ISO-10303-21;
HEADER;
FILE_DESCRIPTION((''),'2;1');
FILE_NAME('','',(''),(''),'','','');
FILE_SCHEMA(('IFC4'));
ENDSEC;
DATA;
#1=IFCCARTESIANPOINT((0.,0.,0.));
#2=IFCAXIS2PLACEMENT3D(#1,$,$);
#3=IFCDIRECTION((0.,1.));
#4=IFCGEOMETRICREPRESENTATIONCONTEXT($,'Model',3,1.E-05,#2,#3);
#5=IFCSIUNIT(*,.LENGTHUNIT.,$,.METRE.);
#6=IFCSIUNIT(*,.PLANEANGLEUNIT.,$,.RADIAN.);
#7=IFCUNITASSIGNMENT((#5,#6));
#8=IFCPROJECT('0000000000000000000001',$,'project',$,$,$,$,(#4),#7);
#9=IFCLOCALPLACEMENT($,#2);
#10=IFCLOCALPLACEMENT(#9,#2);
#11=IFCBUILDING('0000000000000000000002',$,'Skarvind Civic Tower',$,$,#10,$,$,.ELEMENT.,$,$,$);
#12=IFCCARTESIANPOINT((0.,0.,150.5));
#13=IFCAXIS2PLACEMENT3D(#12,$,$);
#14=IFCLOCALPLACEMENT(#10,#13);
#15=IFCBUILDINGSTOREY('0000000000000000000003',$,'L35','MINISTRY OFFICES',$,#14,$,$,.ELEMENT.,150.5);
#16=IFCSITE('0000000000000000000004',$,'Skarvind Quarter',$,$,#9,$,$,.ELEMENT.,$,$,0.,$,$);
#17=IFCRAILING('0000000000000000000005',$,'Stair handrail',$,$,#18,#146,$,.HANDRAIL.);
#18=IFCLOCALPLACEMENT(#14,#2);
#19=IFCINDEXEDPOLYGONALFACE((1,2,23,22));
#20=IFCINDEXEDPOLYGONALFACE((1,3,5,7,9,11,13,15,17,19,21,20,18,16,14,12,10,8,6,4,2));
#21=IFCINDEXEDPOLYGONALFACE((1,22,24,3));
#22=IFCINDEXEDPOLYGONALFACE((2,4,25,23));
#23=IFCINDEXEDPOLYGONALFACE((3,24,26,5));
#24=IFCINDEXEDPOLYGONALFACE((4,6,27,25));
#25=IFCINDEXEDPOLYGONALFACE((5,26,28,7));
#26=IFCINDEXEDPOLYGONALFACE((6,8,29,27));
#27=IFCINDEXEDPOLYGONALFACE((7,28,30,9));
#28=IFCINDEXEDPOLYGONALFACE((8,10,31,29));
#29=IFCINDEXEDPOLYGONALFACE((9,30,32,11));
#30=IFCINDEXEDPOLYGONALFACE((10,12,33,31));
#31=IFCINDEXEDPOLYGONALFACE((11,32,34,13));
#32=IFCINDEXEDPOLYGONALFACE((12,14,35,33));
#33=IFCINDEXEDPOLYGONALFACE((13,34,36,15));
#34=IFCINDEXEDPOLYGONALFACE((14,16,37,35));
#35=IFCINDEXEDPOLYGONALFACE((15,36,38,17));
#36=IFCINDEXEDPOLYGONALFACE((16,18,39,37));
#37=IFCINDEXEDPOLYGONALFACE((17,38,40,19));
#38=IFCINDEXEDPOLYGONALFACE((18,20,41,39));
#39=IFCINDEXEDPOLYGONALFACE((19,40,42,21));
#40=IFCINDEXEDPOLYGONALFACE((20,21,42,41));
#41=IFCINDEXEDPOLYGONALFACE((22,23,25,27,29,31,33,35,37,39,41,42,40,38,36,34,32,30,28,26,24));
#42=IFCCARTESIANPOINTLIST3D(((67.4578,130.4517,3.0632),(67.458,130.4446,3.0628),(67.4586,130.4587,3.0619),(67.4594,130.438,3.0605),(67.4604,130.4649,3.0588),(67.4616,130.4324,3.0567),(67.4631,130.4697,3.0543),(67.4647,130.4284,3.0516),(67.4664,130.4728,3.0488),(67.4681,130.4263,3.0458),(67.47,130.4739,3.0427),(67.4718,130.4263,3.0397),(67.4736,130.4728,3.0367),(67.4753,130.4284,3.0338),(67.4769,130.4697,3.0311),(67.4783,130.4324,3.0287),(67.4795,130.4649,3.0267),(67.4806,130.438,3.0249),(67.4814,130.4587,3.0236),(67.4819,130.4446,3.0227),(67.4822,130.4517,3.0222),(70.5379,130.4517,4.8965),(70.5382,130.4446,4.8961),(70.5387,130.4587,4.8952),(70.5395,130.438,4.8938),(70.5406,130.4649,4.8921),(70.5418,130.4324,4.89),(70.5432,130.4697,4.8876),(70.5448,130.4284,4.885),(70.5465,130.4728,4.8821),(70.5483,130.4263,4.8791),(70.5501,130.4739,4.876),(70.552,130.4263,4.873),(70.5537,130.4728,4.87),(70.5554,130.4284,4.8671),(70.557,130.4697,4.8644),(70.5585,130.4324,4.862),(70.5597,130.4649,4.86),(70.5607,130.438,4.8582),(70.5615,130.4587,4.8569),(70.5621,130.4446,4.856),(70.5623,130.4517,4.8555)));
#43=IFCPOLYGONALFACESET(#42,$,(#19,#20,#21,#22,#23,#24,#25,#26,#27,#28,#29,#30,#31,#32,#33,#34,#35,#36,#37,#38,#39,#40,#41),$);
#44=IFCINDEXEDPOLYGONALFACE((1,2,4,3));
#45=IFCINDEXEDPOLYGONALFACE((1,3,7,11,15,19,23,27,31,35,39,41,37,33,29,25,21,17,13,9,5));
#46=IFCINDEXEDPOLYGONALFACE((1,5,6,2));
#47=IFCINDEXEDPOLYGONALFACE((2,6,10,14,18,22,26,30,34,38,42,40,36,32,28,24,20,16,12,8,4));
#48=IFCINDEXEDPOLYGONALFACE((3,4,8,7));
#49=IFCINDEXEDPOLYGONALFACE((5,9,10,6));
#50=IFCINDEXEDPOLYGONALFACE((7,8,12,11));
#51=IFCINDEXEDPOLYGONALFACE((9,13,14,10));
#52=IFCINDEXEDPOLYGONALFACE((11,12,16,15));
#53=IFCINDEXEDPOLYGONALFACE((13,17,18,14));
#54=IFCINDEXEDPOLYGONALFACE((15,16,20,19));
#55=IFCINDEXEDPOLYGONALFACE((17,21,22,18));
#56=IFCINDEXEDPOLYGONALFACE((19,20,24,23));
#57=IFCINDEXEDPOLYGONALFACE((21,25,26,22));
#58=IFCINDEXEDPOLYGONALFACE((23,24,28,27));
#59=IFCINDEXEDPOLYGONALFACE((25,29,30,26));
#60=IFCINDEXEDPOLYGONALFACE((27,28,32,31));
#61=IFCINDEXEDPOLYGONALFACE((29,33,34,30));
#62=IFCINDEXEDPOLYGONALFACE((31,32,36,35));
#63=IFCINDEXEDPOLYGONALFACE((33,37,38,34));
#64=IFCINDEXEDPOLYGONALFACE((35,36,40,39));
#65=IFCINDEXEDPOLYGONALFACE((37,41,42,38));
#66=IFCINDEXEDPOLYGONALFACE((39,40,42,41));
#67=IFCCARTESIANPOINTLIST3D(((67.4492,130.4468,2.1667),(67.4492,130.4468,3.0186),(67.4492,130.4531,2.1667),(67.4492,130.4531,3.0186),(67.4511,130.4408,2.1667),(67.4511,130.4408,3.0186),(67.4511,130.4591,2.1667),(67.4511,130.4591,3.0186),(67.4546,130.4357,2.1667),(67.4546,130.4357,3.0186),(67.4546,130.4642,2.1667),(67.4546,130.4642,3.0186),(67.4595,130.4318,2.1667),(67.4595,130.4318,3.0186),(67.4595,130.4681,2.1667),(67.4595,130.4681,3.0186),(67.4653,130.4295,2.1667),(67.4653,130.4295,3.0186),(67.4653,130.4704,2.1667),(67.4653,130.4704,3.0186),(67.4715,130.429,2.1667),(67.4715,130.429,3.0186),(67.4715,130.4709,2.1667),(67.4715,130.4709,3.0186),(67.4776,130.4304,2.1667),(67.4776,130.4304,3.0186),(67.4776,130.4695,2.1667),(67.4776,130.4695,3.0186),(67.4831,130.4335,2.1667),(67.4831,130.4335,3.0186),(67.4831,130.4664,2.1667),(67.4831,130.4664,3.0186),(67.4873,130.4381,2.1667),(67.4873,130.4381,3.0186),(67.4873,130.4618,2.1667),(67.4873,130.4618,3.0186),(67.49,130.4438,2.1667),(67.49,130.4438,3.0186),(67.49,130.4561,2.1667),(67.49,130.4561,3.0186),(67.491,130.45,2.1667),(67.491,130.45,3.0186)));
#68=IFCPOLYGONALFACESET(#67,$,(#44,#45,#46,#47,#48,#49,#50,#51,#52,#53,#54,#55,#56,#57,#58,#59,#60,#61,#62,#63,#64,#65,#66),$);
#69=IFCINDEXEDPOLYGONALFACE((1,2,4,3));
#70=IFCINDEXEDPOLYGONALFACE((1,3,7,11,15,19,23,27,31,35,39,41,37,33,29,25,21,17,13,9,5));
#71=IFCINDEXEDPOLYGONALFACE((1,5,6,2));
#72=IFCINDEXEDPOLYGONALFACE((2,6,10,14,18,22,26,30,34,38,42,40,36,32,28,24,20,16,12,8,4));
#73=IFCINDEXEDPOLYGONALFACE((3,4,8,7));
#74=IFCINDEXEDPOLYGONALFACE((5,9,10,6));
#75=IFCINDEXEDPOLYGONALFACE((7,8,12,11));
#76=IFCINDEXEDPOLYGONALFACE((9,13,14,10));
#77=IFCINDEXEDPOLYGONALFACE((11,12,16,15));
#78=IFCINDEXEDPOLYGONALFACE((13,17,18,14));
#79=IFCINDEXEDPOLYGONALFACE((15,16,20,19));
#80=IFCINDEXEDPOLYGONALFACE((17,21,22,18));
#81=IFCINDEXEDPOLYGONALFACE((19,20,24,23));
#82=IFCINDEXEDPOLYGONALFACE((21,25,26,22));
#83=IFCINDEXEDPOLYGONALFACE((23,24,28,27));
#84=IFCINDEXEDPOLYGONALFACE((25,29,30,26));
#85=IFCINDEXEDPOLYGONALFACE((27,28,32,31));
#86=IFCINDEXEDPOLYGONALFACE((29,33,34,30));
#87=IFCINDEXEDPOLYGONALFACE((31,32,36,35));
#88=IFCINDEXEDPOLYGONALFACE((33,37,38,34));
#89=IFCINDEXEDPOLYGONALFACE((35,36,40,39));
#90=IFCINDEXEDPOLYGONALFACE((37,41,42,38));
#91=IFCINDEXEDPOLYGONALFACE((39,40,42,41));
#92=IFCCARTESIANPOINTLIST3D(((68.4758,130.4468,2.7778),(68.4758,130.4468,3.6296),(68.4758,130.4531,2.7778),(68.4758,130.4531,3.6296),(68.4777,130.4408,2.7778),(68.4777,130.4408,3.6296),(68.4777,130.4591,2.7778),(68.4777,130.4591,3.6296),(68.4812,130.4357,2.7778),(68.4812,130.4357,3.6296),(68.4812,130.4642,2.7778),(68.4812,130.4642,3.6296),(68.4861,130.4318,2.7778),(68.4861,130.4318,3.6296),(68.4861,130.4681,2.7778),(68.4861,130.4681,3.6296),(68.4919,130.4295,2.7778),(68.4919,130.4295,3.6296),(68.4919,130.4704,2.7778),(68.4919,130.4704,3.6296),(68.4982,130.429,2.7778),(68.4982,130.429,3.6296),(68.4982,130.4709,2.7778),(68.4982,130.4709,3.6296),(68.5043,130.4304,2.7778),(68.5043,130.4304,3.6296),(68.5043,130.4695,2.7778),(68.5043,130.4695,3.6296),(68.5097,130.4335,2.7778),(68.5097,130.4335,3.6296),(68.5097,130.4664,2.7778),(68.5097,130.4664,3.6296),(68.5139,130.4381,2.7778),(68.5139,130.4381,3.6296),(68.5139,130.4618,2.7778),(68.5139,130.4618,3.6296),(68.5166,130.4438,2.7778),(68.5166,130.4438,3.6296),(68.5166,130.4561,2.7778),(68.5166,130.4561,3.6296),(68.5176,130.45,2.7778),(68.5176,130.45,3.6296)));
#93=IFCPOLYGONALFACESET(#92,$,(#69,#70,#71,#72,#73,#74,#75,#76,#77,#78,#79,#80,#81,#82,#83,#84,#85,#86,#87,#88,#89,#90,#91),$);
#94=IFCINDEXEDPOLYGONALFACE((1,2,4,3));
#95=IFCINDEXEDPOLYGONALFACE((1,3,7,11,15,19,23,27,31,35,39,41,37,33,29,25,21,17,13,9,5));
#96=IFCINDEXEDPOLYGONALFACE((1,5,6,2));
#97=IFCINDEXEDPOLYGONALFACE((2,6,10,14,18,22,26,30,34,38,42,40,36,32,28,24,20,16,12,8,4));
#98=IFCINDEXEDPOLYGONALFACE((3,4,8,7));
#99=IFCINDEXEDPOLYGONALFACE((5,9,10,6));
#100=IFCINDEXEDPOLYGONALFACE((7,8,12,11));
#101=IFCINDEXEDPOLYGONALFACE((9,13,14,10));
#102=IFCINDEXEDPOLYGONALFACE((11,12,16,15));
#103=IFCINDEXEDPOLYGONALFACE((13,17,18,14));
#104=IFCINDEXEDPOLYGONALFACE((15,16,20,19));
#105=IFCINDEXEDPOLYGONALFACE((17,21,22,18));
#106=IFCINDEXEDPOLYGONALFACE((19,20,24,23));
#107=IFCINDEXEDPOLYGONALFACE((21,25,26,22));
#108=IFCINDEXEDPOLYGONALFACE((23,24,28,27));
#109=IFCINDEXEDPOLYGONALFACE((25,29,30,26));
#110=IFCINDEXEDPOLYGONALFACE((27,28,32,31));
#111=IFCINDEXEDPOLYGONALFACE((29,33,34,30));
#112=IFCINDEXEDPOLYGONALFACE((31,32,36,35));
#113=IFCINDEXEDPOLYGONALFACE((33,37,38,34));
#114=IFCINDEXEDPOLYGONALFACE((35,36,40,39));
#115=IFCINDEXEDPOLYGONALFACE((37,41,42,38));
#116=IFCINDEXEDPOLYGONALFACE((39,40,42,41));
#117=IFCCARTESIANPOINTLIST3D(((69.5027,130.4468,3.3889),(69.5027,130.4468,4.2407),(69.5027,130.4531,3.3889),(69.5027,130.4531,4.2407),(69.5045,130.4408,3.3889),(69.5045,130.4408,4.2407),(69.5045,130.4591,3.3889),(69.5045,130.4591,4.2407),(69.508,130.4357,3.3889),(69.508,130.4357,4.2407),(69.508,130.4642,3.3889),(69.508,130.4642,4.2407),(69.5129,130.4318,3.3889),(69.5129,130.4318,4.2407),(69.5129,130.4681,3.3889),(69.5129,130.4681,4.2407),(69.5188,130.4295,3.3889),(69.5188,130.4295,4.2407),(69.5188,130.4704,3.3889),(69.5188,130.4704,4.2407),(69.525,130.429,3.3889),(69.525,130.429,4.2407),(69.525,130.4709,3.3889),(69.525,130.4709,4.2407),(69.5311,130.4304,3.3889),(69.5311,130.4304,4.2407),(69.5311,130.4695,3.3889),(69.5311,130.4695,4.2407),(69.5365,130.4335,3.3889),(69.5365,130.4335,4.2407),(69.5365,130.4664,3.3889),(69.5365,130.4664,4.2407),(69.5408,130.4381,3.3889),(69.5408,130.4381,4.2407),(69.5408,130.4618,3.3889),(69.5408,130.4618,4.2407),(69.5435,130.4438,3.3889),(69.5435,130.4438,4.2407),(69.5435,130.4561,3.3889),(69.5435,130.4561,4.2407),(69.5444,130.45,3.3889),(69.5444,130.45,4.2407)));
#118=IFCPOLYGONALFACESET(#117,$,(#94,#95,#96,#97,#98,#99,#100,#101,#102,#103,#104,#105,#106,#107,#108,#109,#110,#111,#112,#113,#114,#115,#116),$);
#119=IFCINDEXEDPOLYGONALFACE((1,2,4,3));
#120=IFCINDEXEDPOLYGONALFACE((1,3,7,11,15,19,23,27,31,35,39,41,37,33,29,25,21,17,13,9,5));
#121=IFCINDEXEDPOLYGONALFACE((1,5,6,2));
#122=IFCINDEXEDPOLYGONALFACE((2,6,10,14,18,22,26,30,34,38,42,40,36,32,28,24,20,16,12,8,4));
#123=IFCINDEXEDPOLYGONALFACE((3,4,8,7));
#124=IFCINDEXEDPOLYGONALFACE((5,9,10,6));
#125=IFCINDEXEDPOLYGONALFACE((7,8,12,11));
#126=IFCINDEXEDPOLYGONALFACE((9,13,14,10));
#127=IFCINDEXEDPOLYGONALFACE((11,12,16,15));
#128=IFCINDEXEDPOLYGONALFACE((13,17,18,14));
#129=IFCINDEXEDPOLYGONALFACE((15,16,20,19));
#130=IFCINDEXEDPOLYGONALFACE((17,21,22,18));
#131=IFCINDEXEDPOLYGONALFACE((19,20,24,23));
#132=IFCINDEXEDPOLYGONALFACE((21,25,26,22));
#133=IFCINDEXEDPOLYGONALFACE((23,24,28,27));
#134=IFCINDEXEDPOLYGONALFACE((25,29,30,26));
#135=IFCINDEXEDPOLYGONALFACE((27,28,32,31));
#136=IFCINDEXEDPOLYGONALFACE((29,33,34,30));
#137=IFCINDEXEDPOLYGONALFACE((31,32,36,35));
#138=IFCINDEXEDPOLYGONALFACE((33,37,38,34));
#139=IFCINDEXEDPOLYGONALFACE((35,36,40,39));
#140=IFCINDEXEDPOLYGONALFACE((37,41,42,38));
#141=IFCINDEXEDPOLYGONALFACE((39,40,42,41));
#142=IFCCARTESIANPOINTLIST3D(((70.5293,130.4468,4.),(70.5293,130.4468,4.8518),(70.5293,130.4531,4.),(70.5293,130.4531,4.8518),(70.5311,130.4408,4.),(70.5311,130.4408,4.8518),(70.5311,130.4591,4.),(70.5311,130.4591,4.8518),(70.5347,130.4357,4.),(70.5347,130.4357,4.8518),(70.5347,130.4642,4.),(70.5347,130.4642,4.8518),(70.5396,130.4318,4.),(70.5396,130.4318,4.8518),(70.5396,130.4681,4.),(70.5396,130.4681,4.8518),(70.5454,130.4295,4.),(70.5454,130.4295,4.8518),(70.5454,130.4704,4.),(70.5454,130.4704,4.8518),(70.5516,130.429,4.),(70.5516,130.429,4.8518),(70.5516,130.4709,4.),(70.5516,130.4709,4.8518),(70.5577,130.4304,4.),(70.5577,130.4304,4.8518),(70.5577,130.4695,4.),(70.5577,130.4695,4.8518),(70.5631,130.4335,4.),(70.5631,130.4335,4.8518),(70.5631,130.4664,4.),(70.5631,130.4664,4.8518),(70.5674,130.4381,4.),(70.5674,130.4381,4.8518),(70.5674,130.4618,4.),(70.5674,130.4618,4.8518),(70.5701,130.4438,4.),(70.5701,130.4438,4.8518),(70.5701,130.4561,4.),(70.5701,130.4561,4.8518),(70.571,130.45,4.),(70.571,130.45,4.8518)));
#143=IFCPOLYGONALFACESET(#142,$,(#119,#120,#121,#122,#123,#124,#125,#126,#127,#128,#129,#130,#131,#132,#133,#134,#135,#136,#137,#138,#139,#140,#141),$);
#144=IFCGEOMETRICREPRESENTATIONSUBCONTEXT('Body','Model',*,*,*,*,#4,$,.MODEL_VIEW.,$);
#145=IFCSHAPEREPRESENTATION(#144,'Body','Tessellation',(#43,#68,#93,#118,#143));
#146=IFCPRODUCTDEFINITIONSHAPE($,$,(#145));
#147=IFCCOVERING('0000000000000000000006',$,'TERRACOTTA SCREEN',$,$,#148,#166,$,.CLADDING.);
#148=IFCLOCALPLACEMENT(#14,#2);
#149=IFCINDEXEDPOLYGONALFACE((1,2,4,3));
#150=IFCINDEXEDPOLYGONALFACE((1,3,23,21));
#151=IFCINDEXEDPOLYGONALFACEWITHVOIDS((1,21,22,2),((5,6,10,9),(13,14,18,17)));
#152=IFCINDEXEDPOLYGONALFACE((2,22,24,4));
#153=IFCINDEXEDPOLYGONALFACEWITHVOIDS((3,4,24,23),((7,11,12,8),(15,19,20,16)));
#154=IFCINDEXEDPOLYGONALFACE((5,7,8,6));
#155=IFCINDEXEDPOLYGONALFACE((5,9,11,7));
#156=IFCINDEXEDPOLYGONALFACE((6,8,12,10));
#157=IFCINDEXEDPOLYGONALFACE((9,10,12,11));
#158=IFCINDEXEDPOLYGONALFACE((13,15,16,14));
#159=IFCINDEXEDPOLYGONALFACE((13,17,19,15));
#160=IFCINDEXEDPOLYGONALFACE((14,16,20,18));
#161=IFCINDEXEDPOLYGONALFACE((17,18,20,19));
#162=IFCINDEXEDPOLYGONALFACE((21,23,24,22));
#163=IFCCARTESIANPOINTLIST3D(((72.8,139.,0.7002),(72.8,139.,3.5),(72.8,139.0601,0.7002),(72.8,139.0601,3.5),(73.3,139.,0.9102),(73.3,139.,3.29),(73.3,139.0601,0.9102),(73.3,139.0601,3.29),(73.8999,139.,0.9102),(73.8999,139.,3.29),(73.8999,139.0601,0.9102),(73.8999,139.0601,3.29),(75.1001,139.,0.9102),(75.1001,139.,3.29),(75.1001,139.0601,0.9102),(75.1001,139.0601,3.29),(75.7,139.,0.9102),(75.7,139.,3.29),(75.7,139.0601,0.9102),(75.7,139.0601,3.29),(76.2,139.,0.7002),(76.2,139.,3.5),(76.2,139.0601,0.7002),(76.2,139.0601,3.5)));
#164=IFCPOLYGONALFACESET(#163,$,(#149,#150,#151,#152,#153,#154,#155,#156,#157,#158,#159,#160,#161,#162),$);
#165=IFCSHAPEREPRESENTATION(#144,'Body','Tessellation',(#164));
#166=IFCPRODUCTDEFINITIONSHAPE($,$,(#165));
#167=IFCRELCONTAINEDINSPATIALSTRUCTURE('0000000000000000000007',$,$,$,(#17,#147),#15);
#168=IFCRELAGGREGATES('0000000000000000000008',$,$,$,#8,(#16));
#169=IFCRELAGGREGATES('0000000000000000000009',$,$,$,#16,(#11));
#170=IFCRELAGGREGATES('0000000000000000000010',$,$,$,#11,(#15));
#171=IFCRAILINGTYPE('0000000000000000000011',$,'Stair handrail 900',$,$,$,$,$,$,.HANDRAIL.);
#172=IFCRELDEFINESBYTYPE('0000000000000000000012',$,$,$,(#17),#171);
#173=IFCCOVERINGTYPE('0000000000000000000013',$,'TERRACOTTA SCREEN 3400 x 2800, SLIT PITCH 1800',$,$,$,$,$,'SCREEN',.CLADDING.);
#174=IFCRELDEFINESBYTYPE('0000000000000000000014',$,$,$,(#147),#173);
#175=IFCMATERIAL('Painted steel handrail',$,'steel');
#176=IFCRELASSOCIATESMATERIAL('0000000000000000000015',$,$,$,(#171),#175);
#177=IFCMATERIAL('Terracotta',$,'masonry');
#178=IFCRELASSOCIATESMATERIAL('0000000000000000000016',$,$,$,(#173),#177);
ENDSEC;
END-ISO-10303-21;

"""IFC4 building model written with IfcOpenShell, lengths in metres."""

from ifc_helpers import new_model, si_unit, direction, frame, origin, origin_2d, place, context, subcontext, project, spatial, polyline, circle, outline, extrude, material, material_profile, profile_set, type_object, element, save


model = new_model("IFC4")

# Units and contexts
model_context = context("Model", 3, precision=1e-05, world=origin(), true_north=direction((0.0, 1.0)))
body_context = subcontext(model_context, "Body", "Model", "MODEL_VIEW")
ifc_project = project(units=[si_unit("LENGTHUNIT", "METRE"), si_unit("PLANEANGLEUNIT", "RADIAN")], contexts=[model_context])

# Site, building, storey
site_placement = place(None, origin())
site = spatial("IfcSite", under=ifc_project, at=site_placement, Name="Skarvind Quarter", CompositionType="ELEMENT", RefElevation=0.0)
building_placement = place(site_placement, origin())
building = spatial("IfcBuilding", under=site, at=building_placement, Name="Skarvind Civic Tower", CompositionType="ELEMENT")
storey_placement = place(building_placement, frame((0.0, 0.0, 150.5)))
storey = spatial("IfcBuildingStorey", under=building, at=storey_placement, Name="L35", Description="MINISTRY OFFICES", CompositionType="ELEMENT", Elevation=150.5)

# Railing
ifc_material_1 = material(Name="Painted steel handrail", Category="steel")
railing_type = type_object("IfcRailingType", Name="Stair handrail 900", PredefinedType="HANDRAIL", material=ifc_material_1)
railing_1_placement = place(storey_placement, frame((67.47, 130.45, 2.1667)))
element("IfcRailing", 1, at=railing_1_placement, inside=storey, type_object=railing_type, Name="Stair handrail", PredefinedType="HANDRAIL", context=body_context, shape_type="SweptSolid", body=[
    extrude(circle(Radius=0.0239, at=origin_2d()), frame((0.0, 0.0, 0.876), z_axis=(0.859309, 0.0, 0.511458), x_axis=(0.0, 1.0, 0.0)), (0.0, 0.0, 1.0), 3.5845),
    extrude(circle(Radius=0.021, at=origin_2d()), origin(), (0.0, 0.0, 1.0), 0.8518),
    extrude(circle(Radius=0.021, at=origin_2d()), frame((1.0266, 0.0, 0.6111)), (0.0, 0.0, 1.0), 0.8518),
    extrude(circle(Radius=0.021, at=origin_2d()), frame((2.0535, 0.0, 1.2222)), (0.0, 0.0, 1.0), 0.8518),
    extrude(circle(Radius=0.021, at=origin_2d()), frame((3.0801, 0.0, 1.8333)), (0.0, 0.0, 1.0), 0.8518),
])

# Covering
ifc_material_2 = material(Name="Terracotta", Category="masonry")
ifc_material_profile_1 = material_profile(ifc_material_2, outline(polyline([(-1.7, -1.3999), (1.7, -1.3999), (1.7, 1.3999), (-1.7, 1.3999), (-1.7, -1.3999)]), holes=[polyline([(-1.2, -1.1899), (-0.6001, -1.1899), (-0.6001, 1.1899), (-1.2, 1.1899), (-1.2, -1.1899)]), polyline([(0.6001, -1.1899), (1.2, -1.1899), (1.2, 1.1899), (0.6001, 1.1899), (0.6001, -1.1899)])]), Name="TERRACOTTA SCREEN 3400 x 2800, SLIT PITCH 1800")
ifc_profile_set_1 = profile_set([ifc_material_profile_1], Name="Terracotta")
covering_type = type_object("IfcCoveringType", Name="TERRACOTTA SCREEN 3400 x 2800, SLIT PITCH 1800", ElementType="SCREEN", PredefinedType="CLADDING", material=ifc_profile_set_1)
covering_placement = place(storey_placement, frame((74.5, 139.0, 2.1001), z_axis=(0.0, 1.0, 0.0), x_axis=(-1.0, 0.0, 0.0)))
element("IfcCovering", 2, at=covering_placement, inside=storey, type_object=covering_type, Name="TERRACOTTA SCREEN", PredefinedType="CLADDING", context=body_context, shape_type="SweptSolid", body=[
    extrude(outline(polyline([(-1.7, -1.3999), (1.7, -1.3999), (1.7, 1.3999), (-1.7, 1.3999), (-1.7, -1.3999)]), holes=[polyline([(-1.2, -1.1899), (-0.6001, -1.1899), (-0.6001, 1.1899), (-1.2, 1.1899), (-1.2, -1.1899)]), polyline([(0.6001, -1.1899), (1.2, -1.1899), (1.2, 1.1899), (0.6001, 1.1899), (0.6001, -1.1899)])]), origin(), (0.0, 0.0, 1.0), 0.0601),
])

save(model, "model.ifc")
